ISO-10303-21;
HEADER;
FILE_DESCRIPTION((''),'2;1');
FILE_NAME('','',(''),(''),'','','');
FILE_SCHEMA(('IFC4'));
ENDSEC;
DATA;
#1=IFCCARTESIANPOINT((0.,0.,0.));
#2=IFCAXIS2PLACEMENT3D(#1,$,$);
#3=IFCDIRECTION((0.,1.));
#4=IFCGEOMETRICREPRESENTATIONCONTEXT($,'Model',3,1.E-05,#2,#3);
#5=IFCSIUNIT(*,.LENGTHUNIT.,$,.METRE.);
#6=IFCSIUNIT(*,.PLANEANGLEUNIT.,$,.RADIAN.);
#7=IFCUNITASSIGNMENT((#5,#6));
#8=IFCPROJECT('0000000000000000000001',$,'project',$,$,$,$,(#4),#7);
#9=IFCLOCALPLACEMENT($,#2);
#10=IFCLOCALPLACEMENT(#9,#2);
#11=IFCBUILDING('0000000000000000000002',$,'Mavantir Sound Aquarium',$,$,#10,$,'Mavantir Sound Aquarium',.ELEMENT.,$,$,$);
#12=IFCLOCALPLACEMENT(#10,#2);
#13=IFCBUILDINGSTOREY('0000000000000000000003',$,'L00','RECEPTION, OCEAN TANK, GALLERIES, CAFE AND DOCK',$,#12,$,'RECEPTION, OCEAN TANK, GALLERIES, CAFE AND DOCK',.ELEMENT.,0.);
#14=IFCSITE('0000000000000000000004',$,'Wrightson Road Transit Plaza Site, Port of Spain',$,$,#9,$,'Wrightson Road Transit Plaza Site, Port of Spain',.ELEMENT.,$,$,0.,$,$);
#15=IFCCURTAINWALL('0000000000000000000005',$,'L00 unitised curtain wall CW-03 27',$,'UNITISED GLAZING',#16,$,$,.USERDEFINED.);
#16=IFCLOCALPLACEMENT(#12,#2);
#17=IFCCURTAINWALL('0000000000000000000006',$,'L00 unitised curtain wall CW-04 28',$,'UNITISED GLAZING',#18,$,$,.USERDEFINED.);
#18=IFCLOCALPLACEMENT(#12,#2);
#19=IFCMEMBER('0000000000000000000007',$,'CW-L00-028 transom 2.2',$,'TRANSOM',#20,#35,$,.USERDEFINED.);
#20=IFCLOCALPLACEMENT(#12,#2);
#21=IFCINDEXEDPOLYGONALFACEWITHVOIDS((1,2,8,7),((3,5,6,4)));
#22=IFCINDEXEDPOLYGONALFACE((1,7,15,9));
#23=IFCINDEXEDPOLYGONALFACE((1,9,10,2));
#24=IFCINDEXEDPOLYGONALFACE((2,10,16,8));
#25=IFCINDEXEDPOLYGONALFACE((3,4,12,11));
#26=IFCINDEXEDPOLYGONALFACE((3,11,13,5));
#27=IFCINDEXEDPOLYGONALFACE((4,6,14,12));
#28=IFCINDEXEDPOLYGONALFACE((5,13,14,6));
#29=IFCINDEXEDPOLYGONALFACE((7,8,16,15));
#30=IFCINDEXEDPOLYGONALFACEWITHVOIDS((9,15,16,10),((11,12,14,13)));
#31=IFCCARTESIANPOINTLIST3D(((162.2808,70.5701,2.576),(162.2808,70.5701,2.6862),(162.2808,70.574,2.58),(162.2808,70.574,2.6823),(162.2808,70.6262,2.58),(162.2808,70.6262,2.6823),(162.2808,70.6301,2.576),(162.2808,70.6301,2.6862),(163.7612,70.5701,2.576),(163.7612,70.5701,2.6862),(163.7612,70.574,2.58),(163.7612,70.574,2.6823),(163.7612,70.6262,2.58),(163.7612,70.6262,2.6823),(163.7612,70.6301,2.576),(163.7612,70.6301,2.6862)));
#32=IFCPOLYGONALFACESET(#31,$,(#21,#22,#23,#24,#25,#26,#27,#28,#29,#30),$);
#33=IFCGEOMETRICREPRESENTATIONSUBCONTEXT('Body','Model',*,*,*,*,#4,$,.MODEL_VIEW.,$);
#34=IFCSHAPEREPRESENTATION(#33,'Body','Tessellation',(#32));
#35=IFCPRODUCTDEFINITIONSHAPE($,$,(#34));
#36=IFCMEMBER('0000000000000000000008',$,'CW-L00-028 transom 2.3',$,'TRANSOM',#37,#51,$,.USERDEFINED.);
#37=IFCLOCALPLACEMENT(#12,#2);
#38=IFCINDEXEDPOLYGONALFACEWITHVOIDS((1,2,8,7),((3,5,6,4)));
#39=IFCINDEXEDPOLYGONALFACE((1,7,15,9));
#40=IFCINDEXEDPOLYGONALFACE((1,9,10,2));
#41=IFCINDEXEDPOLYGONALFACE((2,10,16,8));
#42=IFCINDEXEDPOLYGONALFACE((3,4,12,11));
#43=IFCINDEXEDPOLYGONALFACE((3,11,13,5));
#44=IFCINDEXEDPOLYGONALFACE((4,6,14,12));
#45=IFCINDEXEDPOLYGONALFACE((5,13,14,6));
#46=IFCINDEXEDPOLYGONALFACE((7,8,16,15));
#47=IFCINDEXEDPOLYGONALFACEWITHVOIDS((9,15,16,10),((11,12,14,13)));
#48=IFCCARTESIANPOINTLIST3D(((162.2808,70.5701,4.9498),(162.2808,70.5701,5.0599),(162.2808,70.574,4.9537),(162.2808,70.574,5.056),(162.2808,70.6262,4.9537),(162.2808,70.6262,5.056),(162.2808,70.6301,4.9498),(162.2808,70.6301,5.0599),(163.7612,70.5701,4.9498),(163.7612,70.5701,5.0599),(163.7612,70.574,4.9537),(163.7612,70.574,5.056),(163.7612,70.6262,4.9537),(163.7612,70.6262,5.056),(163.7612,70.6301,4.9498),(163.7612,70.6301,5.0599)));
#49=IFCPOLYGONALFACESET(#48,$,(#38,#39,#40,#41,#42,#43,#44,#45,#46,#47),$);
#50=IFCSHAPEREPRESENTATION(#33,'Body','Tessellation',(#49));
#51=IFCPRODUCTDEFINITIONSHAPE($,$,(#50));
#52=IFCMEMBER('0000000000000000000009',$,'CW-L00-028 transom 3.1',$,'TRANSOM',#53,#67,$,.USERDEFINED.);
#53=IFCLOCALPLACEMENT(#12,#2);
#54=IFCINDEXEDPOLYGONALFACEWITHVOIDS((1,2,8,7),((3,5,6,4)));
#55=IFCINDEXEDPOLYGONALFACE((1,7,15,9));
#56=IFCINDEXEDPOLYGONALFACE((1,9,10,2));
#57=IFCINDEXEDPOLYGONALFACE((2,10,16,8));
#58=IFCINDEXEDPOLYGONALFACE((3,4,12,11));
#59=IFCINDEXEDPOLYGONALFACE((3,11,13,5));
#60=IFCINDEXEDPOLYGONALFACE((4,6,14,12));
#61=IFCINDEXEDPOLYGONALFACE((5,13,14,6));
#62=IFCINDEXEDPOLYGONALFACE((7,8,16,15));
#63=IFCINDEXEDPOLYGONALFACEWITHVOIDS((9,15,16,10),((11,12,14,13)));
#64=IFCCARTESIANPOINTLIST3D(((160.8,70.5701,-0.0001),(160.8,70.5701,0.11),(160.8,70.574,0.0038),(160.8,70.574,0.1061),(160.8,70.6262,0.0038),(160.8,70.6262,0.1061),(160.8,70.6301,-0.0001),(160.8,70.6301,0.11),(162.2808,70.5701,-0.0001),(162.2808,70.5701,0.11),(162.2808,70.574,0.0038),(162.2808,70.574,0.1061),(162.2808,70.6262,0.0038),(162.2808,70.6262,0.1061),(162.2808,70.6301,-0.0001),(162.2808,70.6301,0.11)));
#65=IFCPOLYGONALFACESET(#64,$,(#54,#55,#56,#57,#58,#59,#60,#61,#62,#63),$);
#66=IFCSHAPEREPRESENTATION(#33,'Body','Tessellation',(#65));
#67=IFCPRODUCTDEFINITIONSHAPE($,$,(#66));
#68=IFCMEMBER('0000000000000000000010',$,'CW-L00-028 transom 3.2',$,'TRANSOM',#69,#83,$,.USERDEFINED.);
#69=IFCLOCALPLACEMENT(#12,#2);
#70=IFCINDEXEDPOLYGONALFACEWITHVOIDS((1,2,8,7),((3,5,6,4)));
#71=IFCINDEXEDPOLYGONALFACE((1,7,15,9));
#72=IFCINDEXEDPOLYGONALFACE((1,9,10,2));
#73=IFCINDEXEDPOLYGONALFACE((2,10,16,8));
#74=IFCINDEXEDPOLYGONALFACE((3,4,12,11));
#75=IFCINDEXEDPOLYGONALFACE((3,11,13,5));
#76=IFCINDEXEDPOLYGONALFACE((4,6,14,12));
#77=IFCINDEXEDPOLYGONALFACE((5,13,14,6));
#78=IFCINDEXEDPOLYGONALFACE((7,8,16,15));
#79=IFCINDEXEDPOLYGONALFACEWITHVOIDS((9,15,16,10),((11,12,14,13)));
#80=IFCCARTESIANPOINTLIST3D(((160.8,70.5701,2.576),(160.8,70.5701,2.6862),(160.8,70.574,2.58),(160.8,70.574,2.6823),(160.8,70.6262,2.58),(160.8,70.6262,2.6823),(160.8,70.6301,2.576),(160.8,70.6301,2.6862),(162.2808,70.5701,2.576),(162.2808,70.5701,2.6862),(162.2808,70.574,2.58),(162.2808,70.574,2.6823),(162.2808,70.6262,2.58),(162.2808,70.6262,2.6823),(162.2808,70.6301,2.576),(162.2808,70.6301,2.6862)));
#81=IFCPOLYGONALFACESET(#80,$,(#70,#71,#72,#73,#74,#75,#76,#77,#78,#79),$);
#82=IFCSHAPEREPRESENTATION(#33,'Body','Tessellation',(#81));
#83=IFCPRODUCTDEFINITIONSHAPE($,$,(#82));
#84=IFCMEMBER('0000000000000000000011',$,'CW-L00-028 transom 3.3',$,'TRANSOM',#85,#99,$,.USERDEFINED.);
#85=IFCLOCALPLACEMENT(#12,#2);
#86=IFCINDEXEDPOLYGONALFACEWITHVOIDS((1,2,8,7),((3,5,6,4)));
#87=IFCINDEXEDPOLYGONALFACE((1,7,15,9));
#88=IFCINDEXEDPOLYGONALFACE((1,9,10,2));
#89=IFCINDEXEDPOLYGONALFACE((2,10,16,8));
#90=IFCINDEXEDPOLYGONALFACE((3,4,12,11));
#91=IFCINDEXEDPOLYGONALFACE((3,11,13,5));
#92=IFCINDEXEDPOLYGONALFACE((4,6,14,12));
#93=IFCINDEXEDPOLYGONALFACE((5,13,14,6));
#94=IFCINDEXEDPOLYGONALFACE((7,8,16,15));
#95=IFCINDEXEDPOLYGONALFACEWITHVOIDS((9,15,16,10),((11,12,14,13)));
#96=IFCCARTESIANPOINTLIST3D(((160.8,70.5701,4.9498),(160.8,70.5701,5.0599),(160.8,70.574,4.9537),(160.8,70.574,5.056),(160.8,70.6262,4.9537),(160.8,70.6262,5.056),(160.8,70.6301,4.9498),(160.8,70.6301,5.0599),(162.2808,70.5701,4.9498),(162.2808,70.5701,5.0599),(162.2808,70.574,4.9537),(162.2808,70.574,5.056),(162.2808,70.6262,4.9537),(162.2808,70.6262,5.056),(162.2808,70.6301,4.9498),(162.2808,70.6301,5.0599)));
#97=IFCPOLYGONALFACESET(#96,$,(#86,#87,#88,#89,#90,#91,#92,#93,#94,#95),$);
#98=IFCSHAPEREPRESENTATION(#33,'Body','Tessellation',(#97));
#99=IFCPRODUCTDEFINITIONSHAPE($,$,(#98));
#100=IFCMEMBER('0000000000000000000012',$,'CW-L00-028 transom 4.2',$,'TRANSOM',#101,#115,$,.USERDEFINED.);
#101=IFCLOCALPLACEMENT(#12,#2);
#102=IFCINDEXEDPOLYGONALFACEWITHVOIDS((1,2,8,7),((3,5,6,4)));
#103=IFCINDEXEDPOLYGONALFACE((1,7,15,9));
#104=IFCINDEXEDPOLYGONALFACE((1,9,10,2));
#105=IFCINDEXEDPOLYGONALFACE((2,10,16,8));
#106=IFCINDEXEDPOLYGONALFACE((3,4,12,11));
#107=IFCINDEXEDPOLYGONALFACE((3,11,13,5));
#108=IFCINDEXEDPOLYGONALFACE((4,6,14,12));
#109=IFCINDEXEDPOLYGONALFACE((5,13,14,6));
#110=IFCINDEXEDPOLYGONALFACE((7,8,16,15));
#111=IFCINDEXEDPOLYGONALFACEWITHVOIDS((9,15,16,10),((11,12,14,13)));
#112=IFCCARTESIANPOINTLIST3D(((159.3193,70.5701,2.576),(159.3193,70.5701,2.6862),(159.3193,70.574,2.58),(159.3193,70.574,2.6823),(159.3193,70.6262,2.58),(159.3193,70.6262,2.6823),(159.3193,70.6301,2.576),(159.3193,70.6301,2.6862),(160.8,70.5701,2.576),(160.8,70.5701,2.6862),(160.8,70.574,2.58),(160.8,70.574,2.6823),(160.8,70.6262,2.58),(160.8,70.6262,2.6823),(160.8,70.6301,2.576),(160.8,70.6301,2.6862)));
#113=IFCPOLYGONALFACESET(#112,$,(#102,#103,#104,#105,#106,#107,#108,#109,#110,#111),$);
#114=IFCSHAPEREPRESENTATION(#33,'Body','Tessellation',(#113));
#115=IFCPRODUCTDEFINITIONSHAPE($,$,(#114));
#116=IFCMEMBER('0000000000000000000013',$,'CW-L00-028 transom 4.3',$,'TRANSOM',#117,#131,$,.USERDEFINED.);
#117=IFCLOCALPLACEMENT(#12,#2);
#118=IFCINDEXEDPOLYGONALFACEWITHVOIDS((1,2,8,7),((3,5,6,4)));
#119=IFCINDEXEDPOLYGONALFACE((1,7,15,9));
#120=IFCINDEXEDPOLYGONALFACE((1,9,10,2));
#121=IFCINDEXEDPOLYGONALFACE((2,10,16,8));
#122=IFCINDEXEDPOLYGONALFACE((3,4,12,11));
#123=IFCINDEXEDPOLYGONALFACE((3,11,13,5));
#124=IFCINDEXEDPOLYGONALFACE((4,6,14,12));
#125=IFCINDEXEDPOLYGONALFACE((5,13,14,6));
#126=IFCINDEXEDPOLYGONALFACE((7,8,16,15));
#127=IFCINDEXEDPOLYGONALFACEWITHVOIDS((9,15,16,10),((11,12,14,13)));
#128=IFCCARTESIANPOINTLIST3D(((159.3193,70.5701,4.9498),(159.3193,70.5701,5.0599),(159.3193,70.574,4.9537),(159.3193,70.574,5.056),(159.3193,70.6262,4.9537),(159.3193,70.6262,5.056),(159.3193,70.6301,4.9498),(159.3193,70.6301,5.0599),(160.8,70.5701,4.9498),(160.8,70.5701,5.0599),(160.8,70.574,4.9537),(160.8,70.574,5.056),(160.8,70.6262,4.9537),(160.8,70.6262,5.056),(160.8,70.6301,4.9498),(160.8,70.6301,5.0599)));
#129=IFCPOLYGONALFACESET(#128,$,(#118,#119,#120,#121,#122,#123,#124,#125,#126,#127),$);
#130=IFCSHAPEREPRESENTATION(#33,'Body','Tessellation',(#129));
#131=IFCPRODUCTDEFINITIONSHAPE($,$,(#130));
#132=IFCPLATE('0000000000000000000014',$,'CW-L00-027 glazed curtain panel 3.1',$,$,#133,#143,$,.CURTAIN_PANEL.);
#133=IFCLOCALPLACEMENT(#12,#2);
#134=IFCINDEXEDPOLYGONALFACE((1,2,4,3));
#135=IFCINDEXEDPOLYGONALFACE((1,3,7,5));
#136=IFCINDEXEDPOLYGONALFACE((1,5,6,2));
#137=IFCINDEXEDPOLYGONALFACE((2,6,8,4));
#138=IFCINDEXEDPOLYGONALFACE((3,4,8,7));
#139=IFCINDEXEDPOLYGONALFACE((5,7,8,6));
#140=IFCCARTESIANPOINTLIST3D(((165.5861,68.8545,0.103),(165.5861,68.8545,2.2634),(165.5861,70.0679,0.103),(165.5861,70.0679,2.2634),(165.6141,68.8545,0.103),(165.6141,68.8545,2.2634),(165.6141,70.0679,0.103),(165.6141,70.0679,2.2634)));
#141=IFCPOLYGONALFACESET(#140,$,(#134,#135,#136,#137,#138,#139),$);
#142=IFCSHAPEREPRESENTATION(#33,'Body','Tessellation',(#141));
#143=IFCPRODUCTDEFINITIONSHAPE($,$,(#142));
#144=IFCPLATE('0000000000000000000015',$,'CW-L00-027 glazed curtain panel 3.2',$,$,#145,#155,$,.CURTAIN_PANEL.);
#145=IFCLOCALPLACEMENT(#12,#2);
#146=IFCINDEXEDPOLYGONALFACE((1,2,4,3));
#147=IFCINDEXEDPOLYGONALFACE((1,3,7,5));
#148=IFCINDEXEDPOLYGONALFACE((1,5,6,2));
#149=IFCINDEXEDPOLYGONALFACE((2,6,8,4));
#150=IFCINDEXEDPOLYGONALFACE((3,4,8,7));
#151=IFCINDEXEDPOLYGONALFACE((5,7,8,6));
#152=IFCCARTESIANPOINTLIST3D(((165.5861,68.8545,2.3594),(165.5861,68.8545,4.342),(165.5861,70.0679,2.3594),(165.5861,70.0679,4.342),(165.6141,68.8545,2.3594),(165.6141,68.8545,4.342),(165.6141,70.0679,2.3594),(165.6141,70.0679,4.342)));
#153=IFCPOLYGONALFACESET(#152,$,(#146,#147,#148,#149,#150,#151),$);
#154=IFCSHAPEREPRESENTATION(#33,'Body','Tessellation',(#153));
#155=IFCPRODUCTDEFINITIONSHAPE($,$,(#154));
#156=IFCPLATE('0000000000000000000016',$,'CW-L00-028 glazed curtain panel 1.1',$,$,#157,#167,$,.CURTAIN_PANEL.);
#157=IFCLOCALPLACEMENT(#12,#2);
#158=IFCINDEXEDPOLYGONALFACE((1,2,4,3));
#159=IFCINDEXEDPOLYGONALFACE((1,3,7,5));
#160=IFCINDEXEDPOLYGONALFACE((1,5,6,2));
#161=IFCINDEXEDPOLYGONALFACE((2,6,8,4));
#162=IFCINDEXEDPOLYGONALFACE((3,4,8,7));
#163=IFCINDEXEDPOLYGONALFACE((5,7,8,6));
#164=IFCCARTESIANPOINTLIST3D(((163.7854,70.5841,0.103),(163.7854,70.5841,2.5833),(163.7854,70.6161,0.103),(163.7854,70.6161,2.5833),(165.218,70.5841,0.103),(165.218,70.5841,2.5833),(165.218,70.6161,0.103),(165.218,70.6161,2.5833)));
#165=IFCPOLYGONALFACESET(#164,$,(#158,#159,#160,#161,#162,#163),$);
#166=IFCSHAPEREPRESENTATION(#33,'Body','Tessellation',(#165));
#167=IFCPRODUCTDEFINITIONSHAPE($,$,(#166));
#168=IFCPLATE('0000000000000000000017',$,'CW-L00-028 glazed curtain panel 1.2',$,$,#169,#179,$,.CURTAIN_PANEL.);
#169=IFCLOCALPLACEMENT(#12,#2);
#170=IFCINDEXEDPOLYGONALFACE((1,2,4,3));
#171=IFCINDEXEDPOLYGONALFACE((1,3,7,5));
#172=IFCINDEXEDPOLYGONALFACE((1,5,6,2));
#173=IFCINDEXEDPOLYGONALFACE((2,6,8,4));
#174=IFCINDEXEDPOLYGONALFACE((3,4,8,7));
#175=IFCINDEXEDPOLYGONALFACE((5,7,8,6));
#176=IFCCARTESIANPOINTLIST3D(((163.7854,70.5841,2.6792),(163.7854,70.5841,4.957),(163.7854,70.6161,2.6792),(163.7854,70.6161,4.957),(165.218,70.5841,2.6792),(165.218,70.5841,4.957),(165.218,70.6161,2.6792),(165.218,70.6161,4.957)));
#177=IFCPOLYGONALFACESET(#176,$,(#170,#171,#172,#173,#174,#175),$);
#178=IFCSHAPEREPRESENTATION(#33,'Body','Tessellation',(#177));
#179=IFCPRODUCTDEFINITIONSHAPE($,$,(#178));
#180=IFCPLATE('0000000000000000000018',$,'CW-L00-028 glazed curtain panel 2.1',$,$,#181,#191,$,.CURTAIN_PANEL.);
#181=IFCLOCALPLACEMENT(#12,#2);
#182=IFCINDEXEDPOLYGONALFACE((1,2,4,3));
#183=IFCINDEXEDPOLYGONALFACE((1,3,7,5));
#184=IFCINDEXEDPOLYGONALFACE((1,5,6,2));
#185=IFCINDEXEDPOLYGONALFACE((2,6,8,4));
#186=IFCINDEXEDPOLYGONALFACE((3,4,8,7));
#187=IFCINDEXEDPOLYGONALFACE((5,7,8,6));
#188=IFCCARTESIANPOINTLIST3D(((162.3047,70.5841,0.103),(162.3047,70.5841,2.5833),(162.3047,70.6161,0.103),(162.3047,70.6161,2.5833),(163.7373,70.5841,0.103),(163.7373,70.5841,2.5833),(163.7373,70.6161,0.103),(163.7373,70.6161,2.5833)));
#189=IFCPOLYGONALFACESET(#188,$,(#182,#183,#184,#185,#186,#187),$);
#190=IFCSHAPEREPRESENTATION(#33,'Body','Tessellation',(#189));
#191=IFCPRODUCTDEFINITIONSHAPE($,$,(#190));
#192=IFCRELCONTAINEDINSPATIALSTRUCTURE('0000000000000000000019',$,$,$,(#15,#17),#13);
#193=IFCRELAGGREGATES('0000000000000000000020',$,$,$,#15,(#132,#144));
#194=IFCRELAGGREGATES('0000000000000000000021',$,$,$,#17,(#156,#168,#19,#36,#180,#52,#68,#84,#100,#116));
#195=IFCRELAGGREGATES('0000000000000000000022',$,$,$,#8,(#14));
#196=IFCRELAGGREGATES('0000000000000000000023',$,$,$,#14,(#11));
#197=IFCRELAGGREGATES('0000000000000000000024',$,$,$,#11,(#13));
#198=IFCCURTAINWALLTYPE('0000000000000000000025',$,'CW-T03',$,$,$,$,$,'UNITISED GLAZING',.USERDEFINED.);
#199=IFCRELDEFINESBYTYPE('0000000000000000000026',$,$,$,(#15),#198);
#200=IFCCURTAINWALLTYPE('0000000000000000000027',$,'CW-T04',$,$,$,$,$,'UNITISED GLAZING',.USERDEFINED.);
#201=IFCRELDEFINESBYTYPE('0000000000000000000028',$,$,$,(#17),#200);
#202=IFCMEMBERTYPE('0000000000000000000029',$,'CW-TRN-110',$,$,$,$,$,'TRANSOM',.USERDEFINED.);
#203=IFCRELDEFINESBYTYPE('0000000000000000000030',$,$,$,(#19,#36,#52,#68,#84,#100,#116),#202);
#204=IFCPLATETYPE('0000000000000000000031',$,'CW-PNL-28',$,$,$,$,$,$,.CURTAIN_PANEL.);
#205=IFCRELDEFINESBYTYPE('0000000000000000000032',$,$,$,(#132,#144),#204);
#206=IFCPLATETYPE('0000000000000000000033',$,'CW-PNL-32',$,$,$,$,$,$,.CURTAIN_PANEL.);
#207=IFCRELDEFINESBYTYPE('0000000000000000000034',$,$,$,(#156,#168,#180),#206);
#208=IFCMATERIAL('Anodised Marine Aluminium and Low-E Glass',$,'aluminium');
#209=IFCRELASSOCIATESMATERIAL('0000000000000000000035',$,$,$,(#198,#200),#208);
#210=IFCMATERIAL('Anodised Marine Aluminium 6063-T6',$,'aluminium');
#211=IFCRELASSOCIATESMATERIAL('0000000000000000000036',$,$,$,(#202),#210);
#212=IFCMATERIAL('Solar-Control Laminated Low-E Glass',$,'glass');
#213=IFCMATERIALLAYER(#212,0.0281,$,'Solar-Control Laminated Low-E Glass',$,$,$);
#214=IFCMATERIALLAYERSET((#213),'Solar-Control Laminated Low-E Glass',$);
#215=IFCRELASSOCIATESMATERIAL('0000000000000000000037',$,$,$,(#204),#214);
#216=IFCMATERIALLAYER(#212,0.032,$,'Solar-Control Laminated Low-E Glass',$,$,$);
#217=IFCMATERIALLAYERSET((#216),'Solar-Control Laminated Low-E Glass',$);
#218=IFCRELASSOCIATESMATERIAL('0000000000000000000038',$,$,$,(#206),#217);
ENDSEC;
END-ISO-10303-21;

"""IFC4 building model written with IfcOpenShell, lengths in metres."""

from ifc_helpers import new_model, si_unit, direction, frame, origin, origin_2d, place, context, subcontext, project, spatial, rectangle, hollow_rectangle, extrude, material, layer, layer_set, material_profile, profile_set, type_object, element, aggregate, save


model = new_model("IFC4")

# Units and contexts
model_context = context("Model", 3, precision=1e-05, world=origin(), true_north=direction((0.0, 1.0)))
body_context = subcontext(model_context, "Body", "Model", "MODEL_VIEW")
ifc_project = project(units=[si_unit("LENGTHUNIT", "METRE"), si_unit("PLANEANGLEUNIT", "RADIAN")], contexts=[model_context])

# Site, building, storey
site_placement = place(None, origin())
site = spatial("IfcSite", under=ifc_project, at=site_placement, Name="Wrightson Road Transit Plaza Site, Port of Spain", LongName="Wrightson Road Transit Plaza Site, Port of Spain", CompositionType="ELEMENT", RefElevation=0.0)
building_placement = place(site_placement, origin())
building = spatial("IfcBuilding", under=site, at=building_placement, Name="Mavantir Sound Aquarium", LongName="Mavantir Sound Aquarium", CompositionType="ELEMENT")
storey_placement = place(building_placement, origin())
storey = spatial("IfcBuildingStorey", under=building, at=storey_placement, Name="L00", Description="RECEPTION, OCEAN TANK, GALLERIES, CAFE AND DOCK", LongName="RECEPTION, OCEAN TANK, GALLERIES, CAFE AND DOCK", CompositionType="ELEMENT", Elevation=0.0)

# Curtain wall
ifc_material_1 = material(Name="Anodised Marine Aluminium and Low-E Glass", Category="aluminium")
curtain_wall_type_1 = type_object("IfcCurtainWallType", Name="CW-T03", ElementType="UNITISED GLAZING", PredefinedType="USERDEFINED", material=ifc_material_1)
curtain_wall_1_placement = place(storey_placement, origin())
curtain_wall_1 = element("IfcCurtainWall", 1, at=curtain_wall_1_placement, inside=storey, type_object=curtain_wall_type_1, Name="L00 unitised curtain wall CW-03 27", ObjectType="UNITISED GLAZING", PredefinedType="USERDEFINED")
ifc_material_2 = material(Name="Anodised Marine Aluminium 6063-T6", Category="aluminium")

# Curtain wall
curtain_wall_type_2 = type_object("IfcCurtainWallType", Name="CW-T04", ElementType="UNITISED GLAZING", PredefinedType="USERDEFINED", material=ifc_material_1)
curtain_wall_2_placement = place(storey_placement, origin())
curtain_wall_2 = element("IfcCurtainWall", 2, at=curtain_wall_2_placement, inside=storey, type_object=curtain_wall_type_2, Name="L00 unitised curtain wall CW-04 28", ObjectType="UNITISED GLAZING", PredefinedType="USERDEFINED")

# Members
ifc_material_profile_1 = material_profile(ifc_material_2, hollow_rectangle(XDim=0.0601, YDim=0.1101, WallThickness=0.0039, at=origin_2d()), Name="ALU-TRANSOM-110X60")
ifc_profile_set_1 = profile_set([ifc_material_profile_1], Name="Anodised Marine Aluminium 6063-T6")
member_type_1 = type_object("IfcMemberType", Name="CW-TRN-110", ElementType="TRANSOM", PredefinedType="USERDEFINED", material=ifc_profile_set_1)
member_1_placement = place(storey_placement, frame((163.7612, 70.6001, 2.6311), z_axis=(-1.0, 0.0, 0.0), x_axis=(0.0, -1.0, 0.0)))
member_1 = element("IfcMember", 3, at=member_1_placement, type_object=member_type_1, Name="CW-L00-028 transom 2.2", ObjectType="TRANSOM", PredefinedType="USERDEFINED", context=body_context, shape_type="SweptSolid", body=[
    extrude(hollow_rectangle(XDim=0.0601, YDim=0.1101, WallThickness=0.0039, at=origin_2d()), origin(), (0.0, 0.0, 1.0), 1.4805),
])
member_2_placement = place(storey_placement, frame((163.7612, 70.6001, 5.0049), z_axis=(-1.0, 0.0, 0.0), x_axis=(0.0, -1.0, 0.0)))
member_2 = element("IfcMember", 4, at=member_2_placement, type_object=member_type_1, Name="CW-L00-028 transom 2.3", ObjectType="TRANSOM", PredefinedType="USERDEFINED", context=body_context, shape_type="SweptSolid", body=[
    extrude(hollow_rectangle(XDim=0.0601, YDim=0.1101, WallThickness=0.0039, at=origin_2d()), origin(), (0.0, 0.0, 1.0), 1.4805),
])
member_3_placement = place(storey_placement, frame((162.2808, 70.6001, 0.0549), z_axis=(-1.0, 0.0, 0.0), x_axis=(0.0, -1.0, 0.0)))
member_3 = element("IfcMember", 5, at=member_3_placement, type_object=member_type_1, Name="CW-L00-028 transom 3.1", ObjectType="TRANSOM", PredefinedType="USERDEFINED", context=body_context, shape_type="SweptSolid", body=[
    extrude(hollow_rectangle(XDim=0.0601, YDim=0.1101, WallThickness=0.0039, at=origin_2d()), origin(), (0.0, 0.0, 1.0), 1.4807),
])
member_4_placement = place(storey_placement, frame((162.2808, 70.6001, 2.6311), z_axis=(-1.0, 0.0, 0.0), x_axis=(0.0, -1.0, 0.0)))
member_4 = element("IfcMember", 6, at=member_4_placement, type_object=member_type_1, Name="CW-L00-028 transom 3.2", ObjectType="TRANSOM", PredefinedType="USERDEFINED", context=body_context, shape_type="SweptSolid", body=[
    extrude(hollow_rectangle(XDim=0.0601, YDim=0.1101, WallThickness=0.0039, at=origin_2d()), origin(), (0.0, 0.0, 1.0), 1.4807),
])
member_5_placement = place(storey_placement, frame((162.2808, 70.6001, 5.0049), z_axis=(-1.0, 0.0, 0.0), x_axis=(0.0, -1.0, 0.0)))
member_5 = element("IfcMember", 7, at=member_5_placement, type_object=member_type_1, Name="CW-L00-028 transom 3.3", ObjectType="TRANSOM", PredefinedType="USERDEFINED", context=body_context, shape_type="SweptSolid", body=[
    extrude(hollow_rectangle(XDim=0.0601, YDim=0.1101, WallThickness=0.0039, at=origin_2d()), origin(), (0.0, 0.0, 1.0), 1.4807),
])
member_6_placement = place(storey_placement, frame((160.8, 70.6001, 2.6311), z_axis=(-1.0, 0.0, 0.0), x_axis=(0.0, -1.0, 0.0)))
member_6 = element("IfcMember", 8, at=member_6_placement, type_object=member_type_1, Name="CW-L00-028 transom 4.2", ObjectType="TRANSOM", PredefinedType="USERDEFINED", context=body_context, shape_type="SweptSolid", body=[
    extrude(hollow_rectangle(XDim=0.0601, YDim=0.1101, WallThickness=0.0039, at=origin_2d()), origin(), (0.0, 0.0, 1.0), 1.4807),
])
member_7_placement = place(storey_placement, frame((160.8, 70.6001, 5.0049), z_axis=(-1.0, 0.0, 0.0), x_axis=(0.0, -1.0, 0.0)))
member_7 = element("IfcMember", 9, at=member_7_placement, type_object=member_type_1, Name="CW-L00-028 transom 4.3", ObjectType="TRANSOM", PredefinedType="USERDEFINED", context=body_context, shape_type="SweptSolid", body=[
    extrude(hollow_rectangle(XDim=0.0601, YDim=0.1101, WallThickness=0.0039, at=origin_2d()), origin(), (0.0, 0.0, 1.0), 1.4807),
])

# Plates
ifc_material_3 = material(Name="Solar-Control Laminated Low-E Glass", Category="glass")
ifc_layer_1 = layer(ifc_material_3, 0.0281, Name="Solar-Control Laminated Low-E Glass")
ifc_layer_set_1 = layer_set([ifc_layer_1], Name="Solar-Control Laminated Low-E Glass")
plate_type_1 = type_object("IfcPlateType", Name="CW-PNL-28", PredefinedType="CURTAIN_PANEL", material=ifc_layer_set_1)
plate_1_placement = place(storey_placement, frame((165.6001, 69.4612, 0.103), z_axis=(0.0, 0.0, 1.0), x_axis=(0.0, 1.0, 0.0)))
plate_1 = element("IfcPlate", 10, at=plate_1_placement, type_object=plate_type_1, Name="CW-L00-027 glazed curtain panel 3.1", PredefinedType="CURTAIN_PANEL", context=body_context, shape_type="SweptSolid", body=[
    extrude(rectangle(XDim=1.2134, YDim=0.0281, at=origin_2d()), origin(), (0.0, 0.0, 1.0), 2.1604),
])
plate_2_placement = place(storey_placement, frame((165.6001, 69.4612, 2.3594), z_axis=(0.0, 0.0, 1.0), x_axis=(0.0, 1.0, 0.0)))
plate_2 = element("IfcPlate", 11, at=plate_2_placement, type_object=plate_type_1, Name="CW-L00-027 glazed curtain panel 3.2", PredefinedType="CURTAIN_PANEL", context=body_context, shape_type="SweptSolid", body=[
    extrude(rectangle(XDim=1.2134, YDim=0.0281, at=origin_2d()), origin(), (0.0, 0.0, 1.0), 1.9827),
])
aggregate(curtain_wall_1, [plate_1, plate_2])
ifc_layer_2 = layer(ifc_material_3, 0.032, Name="Solar-Control Laminated Low-E Glass")
ifc_layer_set_2 = layer_set([ifc_layer_2], Name="Solar-Control Laminated Low-E Glass")
plate_type_2 = type_object("IfcPlateType", Name="CW-PNL-32", PredefinedType="CURTAIN_PANEL", material=ifc_layer_set_2)
plate_3_placement = place(storey_placement, frame((164.5017, 70.6001, 0.103), z_axis=(0.0, 0.0, 1.0), x_axis=(-1.0, 0.0, 0.0)))
plate_3 = element("IfcPlate", 12, at=plate_3_placement, type_object=plate_type_2, Name="CW-L00-028 glazed curtain panel 1.1", PredefinedType="CURTAIN_PANEL", context=body_context, shape_type="SweptSolid", body=[
    extrude(rectangle(XDim=1.4326, YDim=0.032, at=origin_2d()), origin(), (0.0, 0.0, 1.0), 2.4802),
])
plate_4_placement = place(storey_placement, frame((164.5017, 70.6001, 2.6792), z_axis=(0.0, 0.0, 1.0), x_axis=(-1.0, 0.0, 0.0)))
plate_4 = element("IfcPlate", 13, at=plate_4_placement, type_object=plate_type_2, Name="CW-L00-028 glazed curtain panel 1.2", PredefinedType="CURTAIN_PANEL", context=body_context, shape_type="SweptSolid", body=[
    extrude(rectangle(XDim=1.4326, YDim=0.032, at=origin_2d()), origin(), (0.0, 0.0, 1.0), 2.2778),
])
plate_5_placement = place(storey_placement, frame((163.021, 70.6001, 0.103), z_axis=(0.0, 0.0, 1.0), x_axis=(-1.0, 0.0, 0.0)))
plate_5 = element("IfcPlate", 14, at=plate_5_placement, type_object=plate_type_2, Name="CW-L00-028 glazed curtain panel 2.1", PredefinedType="CURTAIN_PANEL", context=body_context, shape_type="SweptSolid", body=[
    extrude(rectangle(XDim=1.4326, YDim=0.032, at=origin_2d()), origin(), (0.0, 0.0, 1.0), 2.4802),
])
aggregate(curtain_wall_2, [plate_3, plate_4, member_1, member_2, plate_5, member_3, member_4, member_5, member_6, member_7])

save(model, "model.ifc")
